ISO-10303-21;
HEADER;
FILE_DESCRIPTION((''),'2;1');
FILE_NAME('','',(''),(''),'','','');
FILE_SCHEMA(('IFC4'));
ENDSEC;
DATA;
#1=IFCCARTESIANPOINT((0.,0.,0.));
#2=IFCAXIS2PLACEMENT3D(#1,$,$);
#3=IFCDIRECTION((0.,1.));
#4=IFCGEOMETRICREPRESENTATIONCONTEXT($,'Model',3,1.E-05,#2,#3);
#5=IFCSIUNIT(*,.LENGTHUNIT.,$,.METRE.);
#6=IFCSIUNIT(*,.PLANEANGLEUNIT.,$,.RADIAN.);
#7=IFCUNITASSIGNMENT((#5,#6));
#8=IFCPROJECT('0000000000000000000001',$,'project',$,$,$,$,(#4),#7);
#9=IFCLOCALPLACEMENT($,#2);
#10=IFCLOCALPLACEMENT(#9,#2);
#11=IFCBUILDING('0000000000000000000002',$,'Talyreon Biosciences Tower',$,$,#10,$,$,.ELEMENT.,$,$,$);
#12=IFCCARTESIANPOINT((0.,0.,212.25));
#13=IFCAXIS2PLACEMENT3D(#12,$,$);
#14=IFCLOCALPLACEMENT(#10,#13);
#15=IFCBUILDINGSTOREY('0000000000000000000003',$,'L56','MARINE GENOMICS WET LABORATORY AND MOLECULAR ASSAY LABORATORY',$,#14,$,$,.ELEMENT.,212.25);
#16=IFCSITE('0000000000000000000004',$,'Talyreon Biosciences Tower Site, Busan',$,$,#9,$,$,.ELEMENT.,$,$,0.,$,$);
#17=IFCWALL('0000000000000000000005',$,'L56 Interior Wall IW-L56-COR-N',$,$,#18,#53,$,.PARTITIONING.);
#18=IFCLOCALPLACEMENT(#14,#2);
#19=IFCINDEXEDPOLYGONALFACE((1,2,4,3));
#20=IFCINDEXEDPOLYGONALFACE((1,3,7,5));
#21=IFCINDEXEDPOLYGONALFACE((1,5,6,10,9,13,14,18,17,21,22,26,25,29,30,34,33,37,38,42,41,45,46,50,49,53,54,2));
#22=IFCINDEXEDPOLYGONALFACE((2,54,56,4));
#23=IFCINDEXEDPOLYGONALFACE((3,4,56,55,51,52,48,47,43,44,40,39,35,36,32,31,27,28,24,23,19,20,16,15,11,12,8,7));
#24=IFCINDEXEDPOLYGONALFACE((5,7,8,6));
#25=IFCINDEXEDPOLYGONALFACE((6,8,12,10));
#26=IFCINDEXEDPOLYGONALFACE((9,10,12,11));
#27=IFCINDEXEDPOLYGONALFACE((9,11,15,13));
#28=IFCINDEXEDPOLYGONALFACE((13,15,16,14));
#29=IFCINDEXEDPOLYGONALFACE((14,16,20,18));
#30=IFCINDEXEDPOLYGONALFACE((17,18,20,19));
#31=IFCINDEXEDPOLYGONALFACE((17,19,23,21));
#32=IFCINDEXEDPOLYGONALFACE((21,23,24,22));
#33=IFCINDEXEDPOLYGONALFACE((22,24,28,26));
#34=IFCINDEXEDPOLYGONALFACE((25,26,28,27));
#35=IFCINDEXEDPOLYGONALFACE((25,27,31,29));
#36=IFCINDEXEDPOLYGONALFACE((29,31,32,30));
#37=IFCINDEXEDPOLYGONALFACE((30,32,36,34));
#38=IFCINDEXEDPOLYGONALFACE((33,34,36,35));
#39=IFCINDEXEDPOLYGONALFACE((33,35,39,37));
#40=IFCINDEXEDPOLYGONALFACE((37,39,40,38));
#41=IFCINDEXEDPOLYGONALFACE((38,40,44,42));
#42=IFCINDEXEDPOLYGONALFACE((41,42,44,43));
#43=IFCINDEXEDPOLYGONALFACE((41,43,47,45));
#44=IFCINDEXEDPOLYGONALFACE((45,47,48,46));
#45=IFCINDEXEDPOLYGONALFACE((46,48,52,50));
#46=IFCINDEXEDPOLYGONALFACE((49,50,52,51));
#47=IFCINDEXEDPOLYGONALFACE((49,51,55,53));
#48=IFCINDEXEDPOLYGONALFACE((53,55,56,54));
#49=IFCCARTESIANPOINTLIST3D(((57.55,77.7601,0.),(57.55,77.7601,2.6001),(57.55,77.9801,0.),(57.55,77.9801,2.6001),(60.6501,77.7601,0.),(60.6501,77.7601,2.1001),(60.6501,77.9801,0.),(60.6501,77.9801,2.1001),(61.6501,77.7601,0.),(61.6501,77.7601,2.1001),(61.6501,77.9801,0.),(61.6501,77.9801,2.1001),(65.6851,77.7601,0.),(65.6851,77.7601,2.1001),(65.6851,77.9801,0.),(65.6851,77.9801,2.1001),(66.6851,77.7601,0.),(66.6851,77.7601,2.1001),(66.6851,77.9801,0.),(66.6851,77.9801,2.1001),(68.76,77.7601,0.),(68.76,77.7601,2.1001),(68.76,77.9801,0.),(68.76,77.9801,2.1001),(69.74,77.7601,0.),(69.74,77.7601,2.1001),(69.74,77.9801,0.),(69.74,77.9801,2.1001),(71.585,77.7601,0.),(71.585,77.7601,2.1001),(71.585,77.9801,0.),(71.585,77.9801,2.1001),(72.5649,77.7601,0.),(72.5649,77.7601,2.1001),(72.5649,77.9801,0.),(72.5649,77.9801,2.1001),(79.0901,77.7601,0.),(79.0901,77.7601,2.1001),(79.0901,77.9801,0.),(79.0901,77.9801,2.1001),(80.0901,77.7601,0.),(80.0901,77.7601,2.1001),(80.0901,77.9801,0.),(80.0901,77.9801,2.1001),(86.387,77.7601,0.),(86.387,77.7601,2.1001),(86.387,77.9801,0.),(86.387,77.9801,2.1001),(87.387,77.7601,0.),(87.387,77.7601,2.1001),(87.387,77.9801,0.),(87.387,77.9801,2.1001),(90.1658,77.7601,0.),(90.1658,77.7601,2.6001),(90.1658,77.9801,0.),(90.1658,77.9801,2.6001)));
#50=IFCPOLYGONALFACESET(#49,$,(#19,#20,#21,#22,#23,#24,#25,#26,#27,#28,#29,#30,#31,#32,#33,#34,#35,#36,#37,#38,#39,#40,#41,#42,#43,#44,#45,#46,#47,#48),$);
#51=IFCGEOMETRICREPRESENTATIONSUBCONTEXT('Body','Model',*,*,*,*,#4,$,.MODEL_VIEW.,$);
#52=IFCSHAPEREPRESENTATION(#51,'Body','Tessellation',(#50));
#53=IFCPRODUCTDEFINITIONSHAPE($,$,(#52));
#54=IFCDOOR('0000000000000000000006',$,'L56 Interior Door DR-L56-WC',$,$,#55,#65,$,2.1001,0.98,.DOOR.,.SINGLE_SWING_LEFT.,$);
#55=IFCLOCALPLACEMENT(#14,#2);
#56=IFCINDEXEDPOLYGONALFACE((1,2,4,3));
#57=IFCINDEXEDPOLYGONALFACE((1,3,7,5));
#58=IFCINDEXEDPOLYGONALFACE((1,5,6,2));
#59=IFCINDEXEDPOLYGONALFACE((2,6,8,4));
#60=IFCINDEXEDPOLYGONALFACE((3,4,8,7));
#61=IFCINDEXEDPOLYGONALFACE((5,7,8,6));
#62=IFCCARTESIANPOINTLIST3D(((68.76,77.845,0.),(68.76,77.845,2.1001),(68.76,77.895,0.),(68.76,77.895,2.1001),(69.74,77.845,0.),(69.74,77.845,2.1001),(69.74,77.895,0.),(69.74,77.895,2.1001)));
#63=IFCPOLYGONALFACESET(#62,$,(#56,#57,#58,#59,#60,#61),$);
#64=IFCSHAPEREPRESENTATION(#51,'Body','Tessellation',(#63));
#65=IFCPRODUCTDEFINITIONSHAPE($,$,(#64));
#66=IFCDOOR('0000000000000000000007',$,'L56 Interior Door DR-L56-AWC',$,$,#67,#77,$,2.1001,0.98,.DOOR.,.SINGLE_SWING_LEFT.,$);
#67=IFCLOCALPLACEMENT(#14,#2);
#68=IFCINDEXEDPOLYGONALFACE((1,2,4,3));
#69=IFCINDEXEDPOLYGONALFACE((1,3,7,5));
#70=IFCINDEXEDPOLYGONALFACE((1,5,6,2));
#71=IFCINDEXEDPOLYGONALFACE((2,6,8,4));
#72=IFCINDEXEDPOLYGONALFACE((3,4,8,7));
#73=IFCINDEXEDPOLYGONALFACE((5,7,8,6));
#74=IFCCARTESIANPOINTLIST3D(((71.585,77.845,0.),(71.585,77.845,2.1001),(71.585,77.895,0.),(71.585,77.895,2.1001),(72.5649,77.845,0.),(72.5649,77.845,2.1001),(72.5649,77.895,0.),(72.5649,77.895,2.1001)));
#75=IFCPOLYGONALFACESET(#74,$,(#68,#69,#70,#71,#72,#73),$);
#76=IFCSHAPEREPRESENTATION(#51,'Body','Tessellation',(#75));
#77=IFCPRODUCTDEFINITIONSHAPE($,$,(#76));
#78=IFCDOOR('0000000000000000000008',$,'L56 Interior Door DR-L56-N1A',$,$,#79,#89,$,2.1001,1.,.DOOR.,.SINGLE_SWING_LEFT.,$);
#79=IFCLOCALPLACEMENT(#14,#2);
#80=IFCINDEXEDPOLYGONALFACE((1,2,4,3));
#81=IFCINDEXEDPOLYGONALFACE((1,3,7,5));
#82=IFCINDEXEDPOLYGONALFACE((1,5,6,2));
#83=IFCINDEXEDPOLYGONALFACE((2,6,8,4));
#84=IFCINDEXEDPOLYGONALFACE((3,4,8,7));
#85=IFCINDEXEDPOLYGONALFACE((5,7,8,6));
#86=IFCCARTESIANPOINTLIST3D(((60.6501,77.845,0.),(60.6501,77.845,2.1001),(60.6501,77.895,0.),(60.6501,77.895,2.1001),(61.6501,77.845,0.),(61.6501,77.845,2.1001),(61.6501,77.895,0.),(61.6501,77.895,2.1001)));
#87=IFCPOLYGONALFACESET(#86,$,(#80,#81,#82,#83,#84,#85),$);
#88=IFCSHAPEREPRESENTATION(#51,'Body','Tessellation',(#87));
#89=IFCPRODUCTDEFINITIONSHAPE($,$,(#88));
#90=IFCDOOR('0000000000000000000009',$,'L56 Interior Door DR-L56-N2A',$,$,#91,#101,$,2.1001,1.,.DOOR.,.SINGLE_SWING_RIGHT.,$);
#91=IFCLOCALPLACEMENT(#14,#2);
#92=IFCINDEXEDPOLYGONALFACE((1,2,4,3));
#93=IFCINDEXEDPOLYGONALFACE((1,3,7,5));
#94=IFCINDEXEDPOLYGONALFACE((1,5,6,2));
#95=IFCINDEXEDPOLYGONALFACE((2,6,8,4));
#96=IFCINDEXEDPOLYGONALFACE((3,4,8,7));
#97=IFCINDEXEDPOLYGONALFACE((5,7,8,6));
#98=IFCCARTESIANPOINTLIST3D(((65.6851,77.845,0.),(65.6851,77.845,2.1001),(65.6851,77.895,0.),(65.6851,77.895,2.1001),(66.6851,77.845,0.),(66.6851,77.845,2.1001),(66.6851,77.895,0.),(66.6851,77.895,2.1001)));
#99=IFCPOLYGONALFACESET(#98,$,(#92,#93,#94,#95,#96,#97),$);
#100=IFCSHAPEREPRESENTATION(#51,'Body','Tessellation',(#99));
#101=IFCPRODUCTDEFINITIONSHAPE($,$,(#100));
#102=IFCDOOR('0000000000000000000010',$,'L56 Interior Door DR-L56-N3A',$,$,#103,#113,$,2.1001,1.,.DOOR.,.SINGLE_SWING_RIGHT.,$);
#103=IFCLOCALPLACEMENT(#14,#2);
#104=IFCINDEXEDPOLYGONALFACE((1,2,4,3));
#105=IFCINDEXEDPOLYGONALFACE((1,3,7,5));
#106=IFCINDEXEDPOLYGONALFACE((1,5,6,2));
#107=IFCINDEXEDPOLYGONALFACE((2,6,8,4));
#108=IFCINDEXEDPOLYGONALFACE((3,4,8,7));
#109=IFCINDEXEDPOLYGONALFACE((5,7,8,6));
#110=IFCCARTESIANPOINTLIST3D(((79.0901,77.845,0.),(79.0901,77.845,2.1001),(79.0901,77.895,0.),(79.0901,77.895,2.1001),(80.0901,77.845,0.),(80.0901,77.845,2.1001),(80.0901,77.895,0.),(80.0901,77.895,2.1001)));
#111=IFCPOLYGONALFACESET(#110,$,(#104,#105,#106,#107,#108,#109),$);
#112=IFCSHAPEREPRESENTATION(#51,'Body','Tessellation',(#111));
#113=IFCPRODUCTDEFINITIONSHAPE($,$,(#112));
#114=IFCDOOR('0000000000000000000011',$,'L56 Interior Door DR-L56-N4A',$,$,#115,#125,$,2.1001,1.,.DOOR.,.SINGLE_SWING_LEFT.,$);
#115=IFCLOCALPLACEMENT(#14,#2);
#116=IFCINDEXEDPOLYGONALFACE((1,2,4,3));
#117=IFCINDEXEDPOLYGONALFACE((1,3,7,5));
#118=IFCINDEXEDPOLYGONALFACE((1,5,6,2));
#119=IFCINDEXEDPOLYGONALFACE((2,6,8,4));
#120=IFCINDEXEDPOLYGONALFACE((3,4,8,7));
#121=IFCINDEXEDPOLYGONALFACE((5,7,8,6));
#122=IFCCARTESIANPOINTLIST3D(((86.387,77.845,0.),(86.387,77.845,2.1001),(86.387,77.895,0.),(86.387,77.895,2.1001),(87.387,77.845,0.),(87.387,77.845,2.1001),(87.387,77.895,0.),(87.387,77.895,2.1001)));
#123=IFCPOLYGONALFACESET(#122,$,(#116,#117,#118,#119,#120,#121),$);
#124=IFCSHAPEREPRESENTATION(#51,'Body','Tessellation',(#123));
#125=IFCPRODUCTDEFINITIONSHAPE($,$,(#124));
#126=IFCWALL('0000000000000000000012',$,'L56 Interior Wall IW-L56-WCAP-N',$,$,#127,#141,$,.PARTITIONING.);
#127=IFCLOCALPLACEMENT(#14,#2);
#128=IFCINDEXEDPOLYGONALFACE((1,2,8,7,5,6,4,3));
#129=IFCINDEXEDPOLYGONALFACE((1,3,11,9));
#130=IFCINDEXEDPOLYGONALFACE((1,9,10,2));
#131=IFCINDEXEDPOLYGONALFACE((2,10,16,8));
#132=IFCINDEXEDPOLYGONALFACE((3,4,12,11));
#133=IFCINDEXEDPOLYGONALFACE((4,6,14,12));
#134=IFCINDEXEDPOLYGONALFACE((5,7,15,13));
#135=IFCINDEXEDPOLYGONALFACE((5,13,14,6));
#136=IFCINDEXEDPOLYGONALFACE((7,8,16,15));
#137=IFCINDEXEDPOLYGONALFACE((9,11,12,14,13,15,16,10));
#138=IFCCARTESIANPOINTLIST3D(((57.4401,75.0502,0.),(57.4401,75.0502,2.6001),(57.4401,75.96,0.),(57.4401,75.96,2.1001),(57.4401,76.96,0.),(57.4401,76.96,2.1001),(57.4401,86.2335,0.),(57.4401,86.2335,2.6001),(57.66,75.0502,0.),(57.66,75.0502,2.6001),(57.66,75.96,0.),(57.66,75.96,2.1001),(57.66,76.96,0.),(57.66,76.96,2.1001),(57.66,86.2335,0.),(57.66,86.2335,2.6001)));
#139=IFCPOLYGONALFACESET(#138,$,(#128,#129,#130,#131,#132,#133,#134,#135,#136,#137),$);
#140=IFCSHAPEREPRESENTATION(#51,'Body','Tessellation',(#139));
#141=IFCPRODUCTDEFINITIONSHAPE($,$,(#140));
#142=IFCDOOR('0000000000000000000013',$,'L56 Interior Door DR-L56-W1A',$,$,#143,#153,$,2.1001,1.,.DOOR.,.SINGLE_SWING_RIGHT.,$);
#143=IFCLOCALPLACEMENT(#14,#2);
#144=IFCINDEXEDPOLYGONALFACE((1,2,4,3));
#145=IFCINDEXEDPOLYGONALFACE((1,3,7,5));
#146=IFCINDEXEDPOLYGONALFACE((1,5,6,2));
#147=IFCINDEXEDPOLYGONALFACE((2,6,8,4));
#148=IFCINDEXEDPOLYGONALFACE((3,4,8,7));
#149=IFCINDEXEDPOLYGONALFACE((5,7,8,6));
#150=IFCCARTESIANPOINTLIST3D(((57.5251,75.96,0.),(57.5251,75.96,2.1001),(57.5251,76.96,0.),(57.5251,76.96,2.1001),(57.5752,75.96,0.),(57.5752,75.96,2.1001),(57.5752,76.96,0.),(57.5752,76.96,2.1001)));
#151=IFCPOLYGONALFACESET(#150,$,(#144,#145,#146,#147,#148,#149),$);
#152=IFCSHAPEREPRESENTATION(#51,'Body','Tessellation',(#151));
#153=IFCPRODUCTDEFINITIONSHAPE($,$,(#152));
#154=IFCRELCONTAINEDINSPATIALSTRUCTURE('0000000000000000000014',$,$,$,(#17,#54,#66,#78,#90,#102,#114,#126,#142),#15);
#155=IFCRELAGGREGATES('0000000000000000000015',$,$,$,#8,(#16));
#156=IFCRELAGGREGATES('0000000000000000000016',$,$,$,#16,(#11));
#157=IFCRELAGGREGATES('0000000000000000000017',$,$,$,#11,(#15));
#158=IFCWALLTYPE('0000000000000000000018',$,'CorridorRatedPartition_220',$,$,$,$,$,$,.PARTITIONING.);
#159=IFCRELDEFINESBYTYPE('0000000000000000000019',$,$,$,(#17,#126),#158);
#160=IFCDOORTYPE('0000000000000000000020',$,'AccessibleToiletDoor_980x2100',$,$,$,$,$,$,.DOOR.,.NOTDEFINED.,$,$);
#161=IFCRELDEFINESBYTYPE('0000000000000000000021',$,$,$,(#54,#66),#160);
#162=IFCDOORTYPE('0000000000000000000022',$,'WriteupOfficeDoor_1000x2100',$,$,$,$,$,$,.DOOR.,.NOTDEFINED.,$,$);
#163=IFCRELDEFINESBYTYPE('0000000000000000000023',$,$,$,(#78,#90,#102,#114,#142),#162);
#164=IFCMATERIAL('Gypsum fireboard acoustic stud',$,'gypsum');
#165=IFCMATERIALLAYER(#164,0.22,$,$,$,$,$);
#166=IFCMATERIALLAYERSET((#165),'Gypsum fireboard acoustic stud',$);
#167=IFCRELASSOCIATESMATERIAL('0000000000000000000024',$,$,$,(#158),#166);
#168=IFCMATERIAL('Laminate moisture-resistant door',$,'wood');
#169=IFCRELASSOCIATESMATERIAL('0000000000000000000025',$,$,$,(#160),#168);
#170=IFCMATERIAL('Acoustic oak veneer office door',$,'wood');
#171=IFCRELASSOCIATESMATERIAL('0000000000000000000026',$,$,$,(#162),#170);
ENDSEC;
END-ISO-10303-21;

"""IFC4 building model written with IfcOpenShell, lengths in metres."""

from ifc_helpers import new_model, si_unit, direction, frame, frame_2d, origin, place, context, subcontext, project, spatial, rectangle, extrude, material, layer, layer_set, type_object, element, fill, save


model = new_model("IFC4")

# Units and contexts
model_context = context("Model", 3, precision=1e-05, world=origin(), true_north=direction((0.0, 1.0)))
body_context = subcontext(model_context, "Body", "Model", "MODEL_VIEW")
ifc_project = project(units=[si_unit("LENGTHUNIT", "METRE"), si_unit("PLANEANGLEUNIT", "RADIAN")], contexts=[model_context])

# Site, building, storey
site_placement = place(None, origin())
site = spatial("IfcSite", under=ifc_project, at=site_placement, Name="Talyreon Biosciences Tower Site, Busan", CompositionType="ELEMENT", RefElevation=0.0)
building_placement = place(site_placement, origin())
building = spatial("IfcBuilding", under=site, at=building_placement, Name="Talyreon Biosciences Tower", CompositionType="ELEMENT")
storey_placement = place(building_placement, frame((0.0, 0.0, 212.25)))
storey = spatial("IfcBuildingStorey", under=building, at=storey_placement, Name="L56", Description="MARINE GENOMICS WET LABORATORY AND MOLECULAR ASSAY LABORATORY", CompositionType="ELEMENT", Elevation=212.25)

# Wall, openings, doors
ifc_material_1 = material(Name="Gypsum fireboard acoustic stud", Category="gypsum")
ifc_layer_1 = layer(ifc_material_1, 0.22)
ifc_layer_set_1 = layer_set([ifc_layer_1], Name="Gypsum fireboard acoustic stud")
wall_type_1 = type_object("IfcWallType", Name="CorridorRatedPartition_220", PredefinedType="PARTITIONING", material=ifc_layer_set_1)
wall_1_placement = place(storey_placement, frame((57.55, 77.8701, 0.0), z_axis=(0.0, 0.0, 1.0), x_axis=(1.0, 0.0, 0.0)))
wall_1 = element("IfcWall", 1, at=wall_1_placement, inside=storey, type_object=wall_type_1, Name="L56 Interior Wall IW-L56-COR-N", PredefinedType="PARTITIONING", context=body_context, shape_type="SweptSolid", body=[
    extrude(rectangle(XDim=32.6157, YDim=0.22, at=frame_2d((16.3079, 0.0))), origin(), (0.0, 0.0, 1.0), 2.6001),
])
opening_1_placement = place(wall_1_placement, frame((11.21, 0.0, 0.0)))
opening_1 = element("IfcOpeningElement", 2, at=opening_1_placement, cuts=wall_1, PredefinedType="OPENING", context=body_context, shape_type="SweptSolid", body=[
    extrude(rectangle(XDim=0.98, YDim=2.1001, at=frame_2d((0.49, 1.05))), frame((0.0, 0.1199, 0.0), z_axis=(0.0, -1.0, 0.0), x_axis=(1.0, 0.0, 0.0)), (0.0, 0.0, 1.0), 0.24),
])
opening_2_placement = place(wall_1_placement, frame((14.0349, 0.0, 0.0)))
opening_2 = element("IfcOpeningElement", 3, at=opening_2_placement, cuts=wall_1, PredefinedType="OPENING", context=body_context, shape_type="SweptSolid", body=[
    extrude(rectangle(XDim=0.98, YDim=2.1001, at=frame_2d((0.49, 1.05))), frame((0.0, 0.1199, 0.0), z_axis=(0.0, -1.0, 0.0), x_axis=(1.0, 0.0, 0.0)), (0.0, 0.0, 1.0), 0.24),
])
opening_3_placement = place(wall_1_placement, frame((3.1001, 0.0, 0.0)))
opening_3 = element("IfcOpeningElement", 4, at=opening_3_placement, cuts=wall_1, PredefinedType="OPENING", context=body_context, shape_type="SweptSolid", body=[
    extrude(rectangle(XDim=1.0, YDim=2.1001, at=frame_2d((0.5, 1.05))), frame((0.0, 0.1199, 0.0), z_axis=(0.0, -1.0, 0.0), x_axis=(1.0, 0.0, 0.0)), (0.0, 0.0, 1.0), 0.24),
])
opening_4_placement = place(wall_1_placement, frame((8.135, 0.0, 0.0)))
opening_4 = element("IfcOpeningElement", 5, at=opening_4_placement, cuts=wall_1, PredefinedType="OPENING", context=body_context, shape_type="SweptSolid", body=[
    extrude(rectangle(XDim=1.0, YDim=2.1001, at=frame_2d((0.5, 1.05))), frame((0.0, 0.1199, 0.0), z_axis=(0.0, -1.0, 0.0), x_axis=(1.0, 0.0, 0.0)), (0.0, 0.0, 1.0), 0.24),
])
opening_5_placement = place(wall_1_placement, frame((21.54, 0.0, 0.0)))
opening_5 = element("IfcOpeningElement", 6, at=opening_5_placement, cuts=wall_1, PredefinedType="OPENING", context=body_context, shape_type="SweptSolid", body=[
    extrude(rectangle(XDim=1.0, YDim=2.1001, at=frame_2d((0.5, 1.05))), frame((0.0, 0.1199, 0.0), z_axis=(0.0, -1.0, 0.0), x_axis=(1.0, 0.0, 0.0)), (0.0, 0.0, 1.0), 0.24),
])
opening_6_placement = place(wall_1_placement, frame((28.8369, 0.0, 0.0)))
opening_6 = element("IfcOpeningElement", 7, at=opening_6_placement, cuts=wall_1, PredefinedType="OPENING", context=body_context, shape_type="SweptSolid", body=[
    extrude(rectangle(XDim=1.0, YDim=2.1001, at=frame_2d((0.5, 1.05))), frame((0.0, 0.1199, 0.0), z_axis=(0.0, -1.0, 0.0), x_axis=(1.0, 0.0, 0.0)), (0.0, 0.0, 1.0), 0.24),
])
ifc_material_2 = material(Name="Laminate moisture-resistant door", Category="wood")
door_type_1 = type_object("IfcDoorType", Name="AccessibleToiletDoor_980x2100", OperationType="NOTDEFINED", PredefinedType="DOOR", material=ifc_material_2)
door_1_placement = place(opening_1_placement, origin())
door_1 = element("IfcDoor", 8, at=door_1_placement, inside=storey, type_object=door_type_1, Name="L56 Interior Door DR-L56-WC", OperationType="SINGLE_SWING_LEFT", OverallHeight=2.1001, OverallWidth=0.98, PredefinedType="DOOR", context=body_context, shape_type="SweptSolid", body=[
    extrude(rectangle(XDim=0.98, YDim=2.1001, at=frame_2d((0.49, 1.05))), frame((0.0, 0.0249, 0.0), z_axis=(0.0, -1.0, 0.0), x_axis=(1.0, 0.0, 0.0)), (0.0, 0.0, 1.0), 0.05),
])
fill(opening_1, door_1)
door_2_placement = place(opening_2_placement, origin())
door_2 = element("IfcDoor", 9, at=door_2_placement, inside=storey, type_object=door_type_1, Name="L56 Interior Door DR-L56-AWC", OperationType="SINGLE_SWING_LEFT", OverallHeight=2.1001, OverallWidth=0.98, PredefinedType="DOOR", context=body_context, shape_type="SweptSolid", body=[
    extrude(rectangle(XDim=0.98, YDim=2.1001, at=frame_2d((0.49, 1.05))), frame((0.0, 0.0249, 0.0), z_axis=(0.0, -1.0, 0.0), x_axis=(1.0, 0.0, 0.0)), (0.0, 0.0, 1.0), 0.05),
])
fill(opening_2, door_2)
ifc_material_3 = material(Name="Acoustic oak veneer office door", Category="wood")
door_type_2 = type_object("IfcDoorType", Name="WriteupOfficeDoor_1000x2100", OperationType="NOTDEFINED", PredefinedType="DOOR", material=ifc_material_3)
door_3_placement = place(opening_3_placement, origin())
door_3 = element("IfcDoor", 10, at=door_3_placement, inside=storey, type_object=door_type_2, Name="L56 Interior Door DR-L56-N1A", OperationType="SINGLE_SWING_LEFT", OverallHeight=2.1001, OverallWidth=1.0, PredefinedType="DOOR", context=body_context, shape_type="SweptSolid", body=[
    extrude(rectangle(XDim=1.0, YDim=2.1001, at=frame_2d((0.5, 1.05))), frame((0.0, 0.0249, 0.0), z_axis=(0.0, -1.0, 0.0), x_axis=(1.0, 0.0, 0.0)), (0.0, 0.0, 1.0), 0.05),
])
fill(opening_3, door_3)
door_4_placement = place(opening_4_placement, origin())
door_4 = element("IfcDoor", 11, at=door_4_placement, inside=storey, type_object=door_type_2, Name="L56 Interior Door DR-L56-N2A", OperationType="SINGLE_SWING_RIGHT", OverallHeight=2.1001, OverallWidth=1.0, PredefinedType="DOOR", context=body_context, shape_type="SweptSolid", body=[
    extrude(rectangle(XDim=1.0, YDim=2.1001, at=frame_2d((0.5, 1.05))), frame((0.0, 0.0249, 0.0), z_axis=(0.0, -1.0, 0.0), x_axis=(1.0, 0.0, 0.0)), (0.0, 0.0, 1.0), 0.05),
])
fill(opening_4, door_4)
door_5_placement = place(opening_5_placement, origin())
door_5 = element("IfcDoor", 12, at=door_5_placement, inside=storey, type_object=door_type_2, Name="L56 Interior Door DR-L56-N3A", OperationType="SINGLE_SWING_RIGHT", OverallHeight=2.1001, OverallWidth=1.0, PredefinedType="DOOR", context=body_context, shape_type="SweptSolid", body=[
    extrude(rectangle(XDim=1.0, YDim=2.1001, at=frame_2d((0.5, 1.05))), frame((0.0, 0.0249, 0.0), z_axis=(0.0, -1.0, 0.0), x_axis=(1.0, 0.0, 0.0)), (0.0, 0.0, 1.0), 0.05),
])
fill(opening_5, door_5)
door_6_placement = place(opening_6_placement, origin())
door_6 = element("IfcDoor", 13, at=door_6_placement, inside=storey, type_object=door_type_2, Name="L56 Interior Door DR-L56-N4A", OperationType="SINGLE_SWING_LEFT", OverallHeight=2.1001, OverallWidth=1.0, PredefinedType="DOOR", context=body_context, shape_type="SweptSolid", body=[
    extrude(rectangle(XDim=1.0, YDim=2.1001, at=frame_2d((0.5, 1.05))), frame((0.0, 0.0249, 0.0), z_axis=(0.0, -1.0, 0.0), x_axis=(1.0, 0.0, 0.0)), (0.0, 0.0, 1.0), 0.05),
])
fill(opening_6, door_6)

# Wall, opening, door
wall_2_placement = place(storey_placement, frame((57.55, 75.05, 0.0), z_axis=(0.0, 0.0, 1.0), x_axis=(0.0, 1.0, 0.0)))
wall_2 = element("IfcWall", 14, at=wall_2_placement, inside=storey, type_object=wall_type_1, Name="L56 Interior Wall IW-L56-WCAP-N", PredefinedType="PARTITIONING", context=body_context, shape_type="SweptSolid", body=[
    extrude(rectangle(XDim=11.1833, YDim=0.22, at=frame_2d((5.5918, 0.0))), origin(), (0.0, 0.0, 1.0), 2.6001),
])
opening_7_placement = place(wall_2_placement, frame((0.9099, 0.0, 0.0)))
opening_7 = element("IfcOpeningElement", 15, at=opening_7_placement, cuts=wall_2, PredefinedType="OPENING", context=body_context, shape_type="SweptSolid", body=[
    extrude(rectangle(XDim=1.0, YDim=2.1001, at=frame_2d((0.5, 1.05))), frame((0.0, 0.1199, 0.0), z_axis=(0.0, -1.0, 0.0), x_axis=(1.0, 0.0, 0.0)), (0.0, 0.0, 1.0), 0.24),
])
door_7_placement = place(opening_7_placement, origin())
door_7 = element("IfcDoor", 16, at=door_7_placement, inside=storey, type_object=door_type_2, Name="L56 Interior Door DR-L56-W1A", OperationType="SINGLE_SWING_RIGHT", OverallHeight=2.1001, OverallWidth=1.0, PredefinedType="DOOR", context=body_context, shape_type="SweptSolid", body=[
    extrude(rectangle(XDim=1.0, YDim=2.1001, at=frame_2d((0.5, 1.05))), frame((0.0, 0.0249, 0.0), z_axis=(0.0, -1.0, 0.0), x_axis=(1.0, 0.0, 0.0)), (0.0, 0.0, 1.0), 0.05),
])
fill(opening_7, door_7)

save(model, "model.ifc")
